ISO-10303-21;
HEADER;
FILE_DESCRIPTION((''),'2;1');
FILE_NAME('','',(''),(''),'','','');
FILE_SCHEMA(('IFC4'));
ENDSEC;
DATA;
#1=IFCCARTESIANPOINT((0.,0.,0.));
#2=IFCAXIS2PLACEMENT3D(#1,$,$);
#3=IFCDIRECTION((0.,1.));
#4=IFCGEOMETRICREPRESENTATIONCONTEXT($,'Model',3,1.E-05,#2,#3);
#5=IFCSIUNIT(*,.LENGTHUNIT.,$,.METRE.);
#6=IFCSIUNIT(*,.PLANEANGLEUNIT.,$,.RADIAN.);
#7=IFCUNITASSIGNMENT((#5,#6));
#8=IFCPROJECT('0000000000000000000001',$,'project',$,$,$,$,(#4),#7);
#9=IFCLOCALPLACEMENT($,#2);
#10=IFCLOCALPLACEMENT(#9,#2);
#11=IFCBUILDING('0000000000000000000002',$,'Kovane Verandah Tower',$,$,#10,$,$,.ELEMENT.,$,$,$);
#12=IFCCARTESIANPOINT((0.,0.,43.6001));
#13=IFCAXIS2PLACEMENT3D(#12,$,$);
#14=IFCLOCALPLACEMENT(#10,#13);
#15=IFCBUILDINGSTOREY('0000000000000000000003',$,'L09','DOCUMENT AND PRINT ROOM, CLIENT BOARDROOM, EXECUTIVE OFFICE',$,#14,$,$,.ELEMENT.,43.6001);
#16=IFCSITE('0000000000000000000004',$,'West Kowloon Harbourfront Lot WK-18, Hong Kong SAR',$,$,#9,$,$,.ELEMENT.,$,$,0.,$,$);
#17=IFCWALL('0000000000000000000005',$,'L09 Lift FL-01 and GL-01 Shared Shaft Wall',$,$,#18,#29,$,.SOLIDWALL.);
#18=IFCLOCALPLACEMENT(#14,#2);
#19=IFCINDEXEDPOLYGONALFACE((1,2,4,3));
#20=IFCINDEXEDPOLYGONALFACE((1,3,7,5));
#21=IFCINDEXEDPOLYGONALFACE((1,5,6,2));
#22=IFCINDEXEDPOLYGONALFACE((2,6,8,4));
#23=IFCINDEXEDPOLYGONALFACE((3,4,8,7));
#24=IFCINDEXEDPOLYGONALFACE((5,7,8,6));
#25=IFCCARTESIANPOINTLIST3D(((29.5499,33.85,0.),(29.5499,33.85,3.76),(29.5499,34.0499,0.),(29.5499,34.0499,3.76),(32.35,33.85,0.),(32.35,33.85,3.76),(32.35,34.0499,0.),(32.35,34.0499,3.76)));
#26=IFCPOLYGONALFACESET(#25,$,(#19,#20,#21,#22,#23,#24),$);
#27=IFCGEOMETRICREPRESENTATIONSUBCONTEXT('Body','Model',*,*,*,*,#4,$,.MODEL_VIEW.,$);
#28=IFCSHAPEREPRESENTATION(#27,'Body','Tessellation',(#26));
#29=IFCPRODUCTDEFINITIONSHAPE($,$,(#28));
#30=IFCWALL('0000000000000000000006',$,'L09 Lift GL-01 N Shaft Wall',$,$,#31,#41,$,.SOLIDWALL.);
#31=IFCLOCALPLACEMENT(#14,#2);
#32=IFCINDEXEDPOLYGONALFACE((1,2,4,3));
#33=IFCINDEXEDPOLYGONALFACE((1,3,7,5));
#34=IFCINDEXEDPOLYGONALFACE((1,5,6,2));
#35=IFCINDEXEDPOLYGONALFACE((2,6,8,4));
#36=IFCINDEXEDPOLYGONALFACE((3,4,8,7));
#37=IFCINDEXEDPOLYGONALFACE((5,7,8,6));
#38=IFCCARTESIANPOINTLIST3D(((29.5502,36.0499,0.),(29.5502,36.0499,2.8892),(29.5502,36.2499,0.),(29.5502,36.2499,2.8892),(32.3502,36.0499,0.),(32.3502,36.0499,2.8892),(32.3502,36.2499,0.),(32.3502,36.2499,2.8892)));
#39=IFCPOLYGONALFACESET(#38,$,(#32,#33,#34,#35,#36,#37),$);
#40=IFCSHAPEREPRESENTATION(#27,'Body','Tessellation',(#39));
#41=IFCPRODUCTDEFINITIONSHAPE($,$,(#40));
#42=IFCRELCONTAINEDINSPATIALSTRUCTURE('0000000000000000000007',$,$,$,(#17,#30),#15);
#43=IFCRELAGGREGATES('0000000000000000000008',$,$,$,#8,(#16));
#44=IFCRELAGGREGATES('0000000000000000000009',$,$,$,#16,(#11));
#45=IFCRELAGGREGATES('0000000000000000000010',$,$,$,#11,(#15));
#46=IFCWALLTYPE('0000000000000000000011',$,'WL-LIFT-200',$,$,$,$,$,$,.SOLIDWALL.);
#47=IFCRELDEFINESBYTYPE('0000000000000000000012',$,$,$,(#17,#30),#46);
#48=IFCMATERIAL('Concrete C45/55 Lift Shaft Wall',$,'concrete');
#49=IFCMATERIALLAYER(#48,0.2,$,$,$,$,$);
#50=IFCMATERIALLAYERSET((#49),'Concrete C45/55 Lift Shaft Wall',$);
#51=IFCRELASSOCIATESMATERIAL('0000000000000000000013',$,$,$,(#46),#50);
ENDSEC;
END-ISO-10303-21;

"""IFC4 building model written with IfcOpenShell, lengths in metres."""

from ifc_helpers import new_model, si_unit, direction, frame, frame_2d, origin, place, context, subcontext, project, spatial, rectangle, extrude, material, layer, layer_set, type_object, element, save


model = new_model("IFC4")

# Units and contexts
model_context = context("Model", 3, precision=1e-05, world=origin(), true_north=direction((0.0, 1.0)))
body_context = subcontext(model_context, "Body", "Model", "MODEL_VIEW")
ifc_project = project(units=[si_unit("LENGTHUNIT", "METRE"), si_unit("PLANEANGLEUNIT", "RADIAN")], contexts=[model_context])

# Site, building, storey
site_placement = place(None, origin())
site = spatial("IfcSite", under=ifc_project, at=site_placement, Name="West Kowloon Harbourfront Lot WK-18, Hong Kong SAR", CompositionType="ELEMENT", RefElevation=0.0)
building_placement = place(site_placement, origin())
building = spatial("IfcBuilding", under=site, at=building_placement, Name="Kovane Verandah Tower", CompositionType="ELEMENT")
storey_placement = place(building_placement, frame((0.0, 0.0, 43.6001)))
storey = spatial("IfcBuildingStorey", under=building, at=storey_placement, Name="L09", Description="DOCUMENT AND PRINT ROOM, CLIENT BOARDROOM, EXECUTIVE OFFICE", CompositionType="ELEMENT", Elevation=43.6001)

# Walls
ifc_material_1 = material(Name="Concrete C45/55 Lift Shaft Wall", Category="concrete")
ifc_layer_1 = layer(ifc_material_1, 0.2)
ifc_layer_set_1 = layer_set([ifc_layer_1], Name="Concrete C45/55 Lift Shaft Wall")
wall_type_1 = type_object("IfcWallType", Name="WL-LIFT-200", PredefinedType="SOLIDWALL", material=ifc_layer_set_1)
wall_1_placement = place(storey_placement, frame((29.55, 33.95, 0.0), z_axis=(0.0, 0.0, 1.0), x_axis=(1.0, 0.0, 0.0)))
element("IfcWall", 1, at=wall_1_placement, inside=storey, type_object=wall_type_1, Name="L09 Lift FL-01 and GL-01 Shared Shaft Wall", PredefinedType="SOLIDWALL", context=body_context, shape_type="SweptSolid", body=[
    extrude(rectangle(XDim=2.8, YDim=0.2, at=frame_2d((1.3999, 0.0))), origin(), (0.0, 0.0, 1.0), 3.76),
])
wall_2_placement = place(storey_placement, frame((32.3501, 36.1499, 0.0), z_axis=(0.0, 0.0, 1.0), x_axis=(-1.0, 0.0, 0.0)))
element("IfcWall", 2, at=wall_2_placement, inside=storey, type_object=wall_type_1, Name="L09 Lift GL-01 N Shaft Wall", PredefinedType="SOLIDWALL", context=body_context, shape_type="SweptSolid", body=[
    extrude(rectangle(XDim=2.8, YDim=0.2, at=frame_2d((1.3999, 0.0))), origin(), (0.0, 0.0, 1.0), 2.8892),
])

save(model, "model.ifc")
